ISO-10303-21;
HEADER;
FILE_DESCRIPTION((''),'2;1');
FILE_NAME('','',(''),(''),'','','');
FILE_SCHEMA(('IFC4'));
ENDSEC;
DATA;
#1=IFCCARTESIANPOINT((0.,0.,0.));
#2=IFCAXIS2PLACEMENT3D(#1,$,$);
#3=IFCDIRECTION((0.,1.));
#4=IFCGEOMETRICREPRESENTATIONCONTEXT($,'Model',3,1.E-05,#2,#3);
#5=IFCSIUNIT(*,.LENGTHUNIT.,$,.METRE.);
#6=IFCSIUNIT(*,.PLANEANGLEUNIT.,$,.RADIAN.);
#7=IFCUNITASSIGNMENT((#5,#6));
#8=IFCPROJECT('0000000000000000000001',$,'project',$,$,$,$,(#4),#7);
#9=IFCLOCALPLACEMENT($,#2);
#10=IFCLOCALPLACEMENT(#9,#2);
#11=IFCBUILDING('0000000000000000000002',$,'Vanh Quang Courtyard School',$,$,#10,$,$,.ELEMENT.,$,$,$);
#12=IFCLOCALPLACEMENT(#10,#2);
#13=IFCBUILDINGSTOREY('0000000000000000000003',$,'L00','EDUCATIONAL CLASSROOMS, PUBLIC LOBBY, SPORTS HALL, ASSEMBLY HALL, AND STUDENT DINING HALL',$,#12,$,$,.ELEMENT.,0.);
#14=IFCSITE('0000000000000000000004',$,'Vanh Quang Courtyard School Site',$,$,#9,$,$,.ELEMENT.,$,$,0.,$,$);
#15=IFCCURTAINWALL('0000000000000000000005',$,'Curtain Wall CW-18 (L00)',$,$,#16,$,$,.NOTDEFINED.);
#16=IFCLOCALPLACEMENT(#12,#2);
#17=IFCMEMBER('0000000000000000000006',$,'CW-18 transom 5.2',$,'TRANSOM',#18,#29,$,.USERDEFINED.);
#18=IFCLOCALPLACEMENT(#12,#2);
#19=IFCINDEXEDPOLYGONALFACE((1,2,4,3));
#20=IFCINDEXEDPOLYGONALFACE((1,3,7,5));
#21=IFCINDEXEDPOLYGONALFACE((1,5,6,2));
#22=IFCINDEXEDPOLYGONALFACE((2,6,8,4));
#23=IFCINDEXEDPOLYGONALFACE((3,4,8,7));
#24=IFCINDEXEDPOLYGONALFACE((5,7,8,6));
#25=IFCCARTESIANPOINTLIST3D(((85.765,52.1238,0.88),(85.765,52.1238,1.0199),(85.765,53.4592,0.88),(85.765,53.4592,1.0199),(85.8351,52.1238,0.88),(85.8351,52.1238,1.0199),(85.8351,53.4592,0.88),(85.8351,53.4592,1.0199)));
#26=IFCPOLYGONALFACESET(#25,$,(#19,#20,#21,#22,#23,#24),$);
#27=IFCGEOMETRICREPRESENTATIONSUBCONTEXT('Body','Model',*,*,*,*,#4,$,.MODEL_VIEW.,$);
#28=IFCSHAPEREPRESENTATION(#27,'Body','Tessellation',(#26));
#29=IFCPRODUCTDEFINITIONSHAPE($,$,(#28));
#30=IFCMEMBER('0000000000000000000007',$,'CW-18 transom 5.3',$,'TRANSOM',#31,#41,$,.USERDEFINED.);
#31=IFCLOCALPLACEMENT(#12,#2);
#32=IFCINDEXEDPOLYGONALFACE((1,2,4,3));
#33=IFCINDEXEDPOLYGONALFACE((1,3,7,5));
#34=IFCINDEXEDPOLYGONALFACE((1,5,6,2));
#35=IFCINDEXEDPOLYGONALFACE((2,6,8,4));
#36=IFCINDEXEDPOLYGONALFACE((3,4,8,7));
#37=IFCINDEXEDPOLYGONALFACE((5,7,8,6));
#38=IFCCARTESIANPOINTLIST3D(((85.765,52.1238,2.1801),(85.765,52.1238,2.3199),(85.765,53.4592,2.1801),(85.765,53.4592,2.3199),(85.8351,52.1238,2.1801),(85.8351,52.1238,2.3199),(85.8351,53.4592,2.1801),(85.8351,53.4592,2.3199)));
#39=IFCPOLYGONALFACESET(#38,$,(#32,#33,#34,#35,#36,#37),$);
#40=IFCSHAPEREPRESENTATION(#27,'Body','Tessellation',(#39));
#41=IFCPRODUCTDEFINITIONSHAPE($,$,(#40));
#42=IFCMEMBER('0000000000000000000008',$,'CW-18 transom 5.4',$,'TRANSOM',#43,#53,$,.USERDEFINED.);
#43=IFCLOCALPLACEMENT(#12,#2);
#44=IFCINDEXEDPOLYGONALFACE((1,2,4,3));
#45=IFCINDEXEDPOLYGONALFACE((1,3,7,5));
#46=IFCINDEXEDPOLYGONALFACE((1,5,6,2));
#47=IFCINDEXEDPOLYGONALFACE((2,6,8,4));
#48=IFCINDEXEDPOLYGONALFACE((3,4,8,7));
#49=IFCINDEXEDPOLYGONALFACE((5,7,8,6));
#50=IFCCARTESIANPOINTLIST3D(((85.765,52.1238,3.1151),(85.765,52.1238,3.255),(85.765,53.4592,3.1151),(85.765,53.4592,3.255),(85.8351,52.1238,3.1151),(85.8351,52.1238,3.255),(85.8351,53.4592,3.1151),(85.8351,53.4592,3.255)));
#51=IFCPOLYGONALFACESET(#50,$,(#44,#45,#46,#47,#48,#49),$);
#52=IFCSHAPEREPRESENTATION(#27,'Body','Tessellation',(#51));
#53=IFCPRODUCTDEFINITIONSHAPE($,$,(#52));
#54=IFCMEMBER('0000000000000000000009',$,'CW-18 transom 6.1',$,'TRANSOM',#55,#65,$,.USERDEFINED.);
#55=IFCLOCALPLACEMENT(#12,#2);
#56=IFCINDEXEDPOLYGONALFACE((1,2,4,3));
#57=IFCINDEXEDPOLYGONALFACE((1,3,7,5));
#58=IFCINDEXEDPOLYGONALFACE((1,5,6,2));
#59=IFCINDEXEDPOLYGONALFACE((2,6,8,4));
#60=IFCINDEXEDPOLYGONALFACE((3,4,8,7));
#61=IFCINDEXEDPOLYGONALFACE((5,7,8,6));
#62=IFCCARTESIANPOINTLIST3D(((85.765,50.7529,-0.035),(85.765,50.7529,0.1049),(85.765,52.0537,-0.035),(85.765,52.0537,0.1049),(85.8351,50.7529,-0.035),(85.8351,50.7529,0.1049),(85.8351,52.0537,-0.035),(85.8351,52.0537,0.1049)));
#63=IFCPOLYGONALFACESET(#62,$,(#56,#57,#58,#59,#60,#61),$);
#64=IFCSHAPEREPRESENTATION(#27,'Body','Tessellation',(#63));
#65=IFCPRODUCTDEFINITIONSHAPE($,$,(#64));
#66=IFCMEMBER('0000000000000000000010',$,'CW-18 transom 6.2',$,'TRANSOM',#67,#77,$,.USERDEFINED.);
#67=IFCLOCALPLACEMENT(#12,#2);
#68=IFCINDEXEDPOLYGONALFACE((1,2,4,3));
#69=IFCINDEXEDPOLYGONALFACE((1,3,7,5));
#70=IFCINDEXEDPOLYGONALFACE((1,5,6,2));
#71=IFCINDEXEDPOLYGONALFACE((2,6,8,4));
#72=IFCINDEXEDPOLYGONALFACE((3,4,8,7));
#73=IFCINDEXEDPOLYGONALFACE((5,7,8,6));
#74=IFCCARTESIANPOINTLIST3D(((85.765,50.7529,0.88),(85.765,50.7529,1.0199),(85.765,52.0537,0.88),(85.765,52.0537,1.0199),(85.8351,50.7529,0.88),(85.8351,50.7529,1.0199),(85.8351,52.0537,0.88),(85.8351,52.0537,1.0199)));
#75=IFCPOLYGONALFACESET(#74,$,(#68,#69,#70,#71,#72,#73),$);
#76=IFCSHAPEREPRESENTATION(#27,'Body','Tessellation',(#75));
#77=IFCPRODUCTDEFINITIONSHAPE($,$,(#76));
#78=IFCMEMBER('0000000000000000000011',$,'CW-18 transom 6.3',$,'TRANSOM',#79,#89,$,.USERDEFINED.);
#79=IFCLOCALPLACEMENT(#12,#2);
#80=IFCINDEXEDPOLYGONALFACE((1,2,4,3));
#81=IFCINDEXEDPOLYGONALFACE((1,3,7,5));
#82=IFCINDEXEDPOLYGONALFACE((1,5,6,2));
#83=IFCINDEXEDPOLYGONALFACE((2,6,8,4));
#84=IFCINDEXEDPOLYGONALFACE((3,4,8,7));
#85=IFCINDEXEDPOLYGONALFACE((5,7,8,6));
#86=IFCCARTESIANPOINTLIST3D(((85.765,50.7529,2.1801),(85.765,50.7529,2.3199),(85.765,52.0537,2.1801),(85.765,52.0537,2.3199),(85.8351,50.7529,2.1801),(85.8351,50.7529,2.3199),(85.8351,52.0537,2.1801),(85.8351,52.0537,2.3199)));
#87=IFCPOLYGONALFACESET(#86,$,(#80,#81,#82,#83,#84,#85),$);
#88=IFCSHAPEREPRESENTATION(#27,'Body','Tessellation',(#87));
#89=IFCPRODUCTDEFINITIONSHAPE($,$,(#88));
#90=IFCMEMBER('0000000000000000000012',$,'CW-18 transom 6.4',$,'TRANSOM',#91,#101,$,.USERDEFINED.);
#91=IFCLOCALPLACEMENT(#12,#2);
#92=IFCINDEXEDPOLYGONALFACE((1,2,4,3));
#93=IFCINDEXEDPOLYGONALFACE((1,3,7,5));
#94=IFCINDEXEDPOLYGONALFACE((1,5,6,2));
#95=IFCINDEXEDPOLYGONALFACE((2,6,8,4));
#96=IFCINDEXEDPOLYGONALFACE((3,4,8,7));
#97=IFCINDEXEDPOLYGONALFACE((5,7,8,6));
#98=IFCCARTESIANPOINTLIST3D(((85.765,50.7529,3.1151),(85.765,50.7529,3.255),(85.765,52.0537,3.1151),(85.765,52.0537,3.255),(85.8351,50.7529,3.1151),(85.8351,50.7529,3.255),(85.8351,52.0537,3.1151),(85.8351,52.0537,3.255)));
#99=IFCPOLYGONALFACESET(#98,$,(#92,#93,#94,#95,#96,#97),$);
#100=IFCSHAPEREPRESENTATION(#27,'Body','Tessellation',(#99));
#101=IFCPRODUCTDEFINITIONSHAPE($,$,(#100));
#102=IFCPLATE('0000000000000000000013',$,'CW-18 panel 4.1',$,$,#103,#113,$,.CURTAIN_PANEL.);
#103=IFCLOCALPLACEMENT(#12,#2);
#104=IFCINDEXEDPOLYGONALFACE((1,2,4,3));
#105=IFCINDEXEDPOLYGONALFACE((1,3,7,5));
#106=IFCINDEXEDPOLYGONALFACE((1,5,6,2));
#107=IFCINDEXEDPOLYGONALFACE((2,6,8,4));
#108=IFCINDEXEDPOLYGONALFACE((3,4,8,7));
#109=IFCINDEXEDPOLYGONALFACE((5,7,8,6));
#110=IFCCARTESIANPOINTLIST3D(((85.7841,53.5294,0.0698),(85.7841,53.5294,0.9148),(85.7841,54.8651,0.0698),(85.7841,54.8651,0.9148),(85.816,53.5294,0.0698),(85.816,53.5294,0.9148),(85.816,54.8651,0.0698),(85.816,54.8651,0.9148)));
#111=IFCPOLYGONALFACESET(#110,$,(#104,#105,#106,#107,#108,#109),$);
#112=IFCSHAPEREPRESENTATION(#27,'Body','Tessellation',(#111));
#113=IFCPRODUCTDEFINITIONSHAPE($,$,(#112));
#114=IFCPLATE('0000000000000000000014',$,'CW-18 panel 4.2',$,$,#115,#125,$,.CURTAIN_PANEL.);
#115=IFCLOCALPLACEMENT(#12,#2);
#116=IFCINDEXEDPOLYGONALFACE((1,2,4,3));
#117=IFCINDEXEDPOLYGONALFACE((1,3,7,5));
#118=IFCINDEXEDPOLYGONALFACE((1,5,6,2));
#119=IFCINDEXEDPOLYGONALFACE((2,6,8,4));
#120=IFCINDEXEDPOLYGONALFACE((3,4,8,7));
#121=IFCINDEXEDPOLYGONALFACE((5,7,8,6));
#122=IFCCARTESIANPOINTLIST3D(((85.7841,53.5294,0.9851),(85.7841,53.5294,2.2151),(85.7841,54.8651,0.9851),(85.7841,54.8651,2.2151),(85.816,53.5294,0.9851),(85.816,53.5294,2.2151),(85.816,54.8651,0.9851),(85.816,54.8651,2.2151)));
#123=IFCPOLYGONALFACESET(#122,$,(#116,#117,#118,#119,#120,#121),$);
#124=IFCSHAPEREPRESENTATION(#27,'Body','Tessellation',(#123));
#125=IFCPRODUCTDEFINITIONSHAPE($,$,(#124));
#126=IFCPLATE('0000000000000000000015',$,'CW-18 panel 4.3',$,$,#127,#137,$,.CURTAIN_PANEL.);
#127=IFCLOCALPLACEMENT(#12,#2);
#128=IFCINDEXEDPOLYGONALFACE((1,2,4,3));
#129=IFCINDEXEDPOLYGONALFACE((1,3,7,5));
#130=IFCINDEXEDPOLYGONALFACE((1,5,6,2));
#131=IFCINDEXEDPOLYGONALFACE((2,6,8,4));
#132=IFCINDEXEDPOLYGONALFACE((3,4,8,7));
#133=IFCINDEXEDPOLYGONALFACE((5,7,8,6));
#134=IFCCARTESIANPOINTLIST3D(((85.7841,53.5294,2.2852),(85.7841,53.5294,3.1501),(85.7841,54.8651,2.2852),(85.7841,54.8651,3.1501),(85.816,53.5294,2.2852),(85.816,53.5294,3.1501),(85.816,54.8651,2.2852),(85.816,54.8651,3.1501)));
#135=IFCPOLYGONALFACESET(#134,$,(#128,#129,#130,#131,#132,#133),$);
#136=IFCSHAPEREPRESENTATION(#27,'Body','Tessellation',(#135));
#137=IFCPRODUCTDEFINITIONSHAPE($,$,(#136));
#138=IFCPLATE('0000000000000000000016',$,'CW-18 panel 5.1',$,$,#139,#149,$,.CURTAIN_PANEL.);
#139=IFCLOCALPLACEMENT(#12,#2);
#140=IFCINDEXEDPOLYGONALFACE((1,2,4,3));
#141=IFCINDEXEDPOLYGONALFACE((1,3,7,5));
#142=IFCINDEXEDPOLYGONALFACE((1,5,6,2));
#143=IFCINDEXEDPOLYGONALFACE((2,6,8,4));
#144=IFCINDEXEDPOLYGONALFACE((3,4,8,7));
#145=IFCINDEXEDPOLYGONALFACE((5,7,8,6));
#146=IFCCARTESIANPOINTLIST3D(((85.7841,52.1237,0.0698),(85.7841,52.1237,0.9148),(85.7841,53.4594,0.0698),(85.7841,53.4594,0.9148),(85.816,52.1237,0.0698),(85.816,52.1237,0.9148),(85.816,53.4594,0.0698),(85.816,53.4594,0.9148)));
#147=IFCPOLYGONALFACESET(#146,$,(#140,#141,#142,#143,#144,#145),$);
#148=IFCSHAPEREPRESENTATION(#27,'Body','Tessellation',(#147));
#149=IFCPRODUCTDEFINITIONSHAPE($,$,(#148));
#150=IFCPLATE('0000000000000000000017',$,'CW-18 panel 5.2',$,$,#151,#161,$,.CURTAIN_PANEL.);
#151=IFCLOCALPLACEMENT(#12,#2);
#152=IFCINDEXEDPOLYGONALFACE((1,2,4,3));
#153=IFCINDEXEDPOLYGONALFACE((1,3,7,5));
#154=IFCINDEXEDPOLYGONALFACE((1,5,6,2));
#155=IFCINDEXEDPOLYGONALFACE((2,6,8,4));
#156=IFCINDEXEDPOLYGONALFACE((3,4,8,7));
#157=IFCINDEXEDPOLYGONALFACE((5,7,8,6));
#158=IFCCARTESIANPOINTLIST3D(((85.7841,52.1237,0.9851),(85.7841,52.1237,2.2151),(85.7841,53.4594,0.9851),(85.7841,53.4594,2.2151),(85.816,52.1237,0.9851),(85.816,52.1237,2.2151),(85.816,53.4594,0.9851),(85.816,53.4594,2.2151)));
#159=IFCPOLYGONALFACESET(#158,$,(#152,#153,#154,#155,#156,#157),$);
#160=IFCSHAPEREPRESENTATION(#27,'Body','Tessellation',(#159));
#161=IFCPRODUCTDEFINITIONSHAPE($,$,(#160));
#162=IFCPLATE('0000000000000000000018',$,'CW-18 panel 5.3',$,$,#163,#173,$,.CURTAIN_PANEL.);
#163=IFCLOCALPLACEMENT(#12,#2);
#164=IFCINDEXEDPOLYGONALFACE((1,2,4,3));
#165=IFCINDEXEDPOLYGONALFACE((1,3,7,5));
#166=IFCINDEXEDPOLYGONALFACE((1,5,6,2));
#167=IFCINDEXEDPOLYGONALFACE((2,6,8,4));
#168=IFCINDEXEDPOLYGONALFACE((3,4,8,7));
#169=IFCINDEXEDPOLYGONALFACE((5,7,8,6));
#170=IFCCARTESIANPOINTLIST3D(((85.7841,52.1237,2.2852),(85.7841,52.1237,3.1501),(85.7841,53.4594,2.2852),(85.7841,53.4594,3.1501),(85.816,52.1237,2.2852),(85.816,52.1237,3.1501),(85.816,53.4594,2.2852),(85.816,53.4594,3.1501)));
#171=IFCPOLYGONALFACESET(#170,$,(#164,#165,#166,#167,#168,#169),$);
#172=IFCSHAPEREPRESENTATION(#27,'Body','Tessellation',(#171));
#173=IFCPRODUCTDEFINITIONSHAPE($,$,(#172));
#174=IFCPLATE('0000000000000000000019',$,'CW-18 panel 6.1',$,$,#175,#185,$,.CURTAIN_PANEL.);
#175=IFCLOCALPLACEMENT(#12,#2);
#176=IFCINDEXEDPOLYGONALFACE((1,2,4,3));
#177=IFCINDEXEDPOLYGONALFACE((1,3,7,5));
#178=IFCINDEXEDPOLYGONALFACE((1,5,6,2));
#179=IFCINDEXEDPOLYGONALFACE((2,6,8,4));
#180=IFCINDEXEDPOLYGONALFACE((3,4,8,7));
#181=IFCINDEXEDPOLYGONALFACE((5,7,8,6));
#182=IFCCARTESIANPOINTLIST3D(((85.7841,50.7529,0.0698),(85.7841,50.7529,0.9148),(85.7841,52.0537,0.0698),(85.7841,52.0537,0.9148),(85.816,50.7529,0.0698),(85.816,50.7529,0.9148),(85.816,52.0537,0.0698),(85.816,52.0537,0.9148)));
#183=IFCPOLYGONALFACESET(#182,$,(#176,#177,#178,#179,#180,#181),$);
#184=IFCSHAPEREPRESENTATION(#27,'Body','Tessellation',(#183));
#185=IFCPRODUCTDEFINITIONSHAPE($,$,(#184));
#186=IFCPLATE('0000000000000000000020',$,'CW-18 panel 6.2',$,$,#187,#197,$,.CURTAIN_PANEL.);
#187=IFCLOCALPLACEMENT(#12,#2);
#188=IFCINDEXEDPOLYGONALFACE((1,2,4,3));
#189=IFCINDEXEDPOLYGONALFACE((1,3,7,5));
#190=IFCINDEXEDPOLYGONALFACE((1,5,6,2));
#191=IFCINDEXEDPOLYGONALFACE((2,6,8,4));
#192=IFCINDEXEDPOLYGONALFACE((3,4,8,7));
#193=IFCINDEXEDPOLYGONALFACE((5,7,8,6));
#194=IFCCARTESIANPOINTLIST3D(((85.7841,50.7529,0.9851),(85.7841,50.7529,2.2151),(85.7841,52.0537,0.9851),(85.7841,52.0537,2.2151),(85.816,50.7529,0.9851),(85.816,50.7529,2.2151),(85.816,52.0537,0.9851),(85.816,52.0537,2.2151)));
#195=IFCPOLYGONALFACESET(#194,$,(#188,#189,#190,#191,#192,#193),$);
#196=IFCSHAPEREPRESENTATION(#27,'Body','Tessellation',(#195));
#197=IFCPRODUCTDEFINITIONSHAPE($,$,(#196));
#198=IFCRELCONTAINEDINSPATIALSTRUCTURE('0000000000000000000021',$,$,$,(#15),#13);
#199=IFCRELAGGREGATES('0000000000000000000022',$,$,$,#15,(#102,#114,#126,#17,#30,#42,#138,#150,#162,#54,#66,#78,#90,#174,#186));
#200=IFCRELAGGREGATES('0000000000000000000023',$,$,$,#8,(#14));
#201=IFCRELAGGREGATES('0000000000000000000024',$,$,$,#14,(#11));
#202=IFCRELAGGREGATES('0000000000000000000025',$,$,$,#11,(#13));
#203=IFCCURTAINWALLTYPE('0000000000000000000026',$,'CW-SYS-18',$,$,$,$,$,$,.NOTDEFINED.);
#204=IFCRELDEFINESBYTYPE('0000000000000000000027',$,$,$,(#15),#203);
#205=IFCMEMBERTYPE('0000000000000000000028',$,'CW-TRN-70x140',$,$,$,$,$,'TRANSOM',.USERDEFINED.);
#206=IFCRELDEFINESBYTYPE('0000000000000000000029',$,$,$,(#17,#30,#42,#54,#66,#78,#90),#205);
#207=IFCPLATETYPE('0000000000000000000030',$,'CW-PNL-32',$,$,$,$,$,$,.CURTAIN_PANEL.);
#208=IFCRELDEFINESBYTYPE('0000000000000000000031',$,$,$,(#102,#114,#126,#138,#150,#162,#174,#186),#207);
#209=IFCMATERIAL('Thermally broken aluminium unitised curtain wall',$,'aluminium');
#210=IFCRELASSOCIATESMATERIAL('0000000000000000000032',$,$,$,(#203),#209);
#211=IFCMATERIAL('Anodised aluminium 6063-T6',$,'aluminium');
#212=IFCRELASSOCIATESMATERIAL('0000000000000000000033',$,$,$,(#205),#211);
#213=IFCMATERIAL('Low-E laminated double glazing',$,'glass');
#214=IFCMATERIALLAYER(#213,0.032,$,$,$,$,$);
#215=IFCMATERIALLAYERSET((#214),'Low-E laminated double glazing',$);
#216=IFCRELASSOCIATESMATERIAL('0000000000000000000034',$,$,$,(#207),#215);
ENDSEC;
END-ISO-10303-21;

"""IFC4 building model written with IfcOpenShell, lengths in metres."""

from ifc_helpers import new_model, si_unit, direction, frame, origin, origin_2d, place, context, subcontext, project, spatial, rectangle, extrude, material, layer, layer_set, material_profile, profile_set, type_object, element, aggregate, save


model = new_model("IFC4")

# Units and contexts
model_context = context("Model", 3, precision=1e-05, world=origin(), true_north=direction((0.0, 1.0)))
body_context = subcontext(model_context, "Body", "Model", "MODEL_VIEW")
ifc_project = project(units=[si_unit("LENGTHUNIT", "METRE"), si_unit("PLANEANGLEUNIT", "RADIAN")], contexts=[model_context])

# Site, building, storey
site_placement = place(None, origin())
site = spatial("IfcSite", under=ifc_project, at=site_placement, Name="Vanh Quang Courtyard School Site", CompositionType="ELEMENT", RefElevation=0.0)
building_placement = place(site_placement, origin())
building = spatial("IfcBuilding", under=site, at=building_placement, Name="Vanh Quang Courtyard School", CompositionType="ELEMENT")
storey_placement = place(building_placement, origin())
storey = spatial("IfcBuildingStorey", under=building, at=storey_placement, Name="L00", Description="EDUCATIONAL CLASSROOMS, PUBLIC LOBBY, SPORTS HALL, ASSEMBLY HALL, AND STUDENT DINING HALL", CompositionType="ELEMENT", Elevation=0.0)

# Curtain wall, members, plates
ifc_material_1 = material(Name="Thermally broken aluminium unitised curtain wall", Category="aluminium")
curtain_wall_type = type_object("IfcCurtainWallType", Name="CW-SYS-18", PredefinedType="NOTDEFINED", material=ifc_material_1)
curtain_wall_placement = place(storey_placement, origin())
curtain_wall = element("IfcCurtainWall", 1, at=curtain_wall_placement, inside=storey, type_object=curtain_wall_type, Name="Curtain Wall CW-18 (L00)", PredefinedType="NOTDEFINED")
ifc_material_2 = material(Name="Anodised aluminium 6063-T6", Category="aluminium")
ifc_material_profile_1 = material_profile(ifc_material_2, rectangle(XDim=0.0701, YDim=0.1399, at=origin_2d()), Name="ALU-TRN 70x140")
ifc_profile_set_1 = profile_set([ifc_material_profile_1], Name="Anodised aluminium 6063-T6")
member_type_1 = type_object("IfcMemberType", Name="CW-TRN-70x140", ElementType="TRANSOM", PredefinedType="USERDEFINED", material=ifc_profile_set_1)
member_1_placement = place(storey_placement, frame((85.8, 53.4592, 0.95), z_axis=(0.0, -1.0, 0.0), x_axis=(1.0, 0.0, 0.0)))
member_1 = element("IfcMember", 2, at=member_1_placement, type_object=member_type_1, Name="CW-18 transom 5.2", ObjectType="TRANSOM", PredefinedType="USERDEFINED", context=body_context, shape_type="SweptSolid", body=[
    extrude(rectangle(XDim=0.0701, YDim=0.1399, at=origin_2d()), origin(), (0.0, 0.0, 1.0), 1.3354),
])
member_2_placement = place(storey_placement, frame((85.8, 53.4592, 2.25), z_axis=(0.0, -1.0, 0.0), x_axis=(1.0, 0.0, 0.0)))
member_2 = element("IfcMember", 3, at=member_2_placement, type_object=member_type_1, Name="CW-18 transom 5.3", ObjectType="TRANSOM", PredefinedType="USERDEFINED", context=body_context, shape_type="SweptSolid", body=[
    extrude(rectangle(XDim=0.0701, YDim=0.1399, at=origin_2d()), origin(), (0.0, 0.0, 1.0), 1.3354),
])
member_3_placement = place(storey_placement, frame((85.8, 53.4592, 3.1851), z_axis=(0.0, -1.0, 0.0), x_axis=(1.0, 0.0, 0.0)))
member_3 = element("IfcMember", 4, at=member_3_placement, type_object=member_type_1, Name="CW-18 transom 5.4", ObjectType="TRANSOM", PredefinedType="USERDEFINED", context=body_context, shape_type="SweptSolid", body=[
    extrude(rectangle(XDim=0.0701, YDim=0.1399, at=origin_2d()), origin(), (0.0, 0.0, 1.0), 1.3354),
])
member_4_placement = place(storey_placement, frame((85.8, 52.0537, 0.0349), z_axis=(0.0, -1.0, 0.0), x_axis=(1.0, 0.0, 0.0)))
member_4 = element("IfcMember", 5, at=member_4_placement, type_object=member_type_1, Name="CW-18 transom 6.1", ObjectType="TRANSOM", PredefinedType="USERDEFINED", context=body_context, shape_type="SweptSolid", body=[
    extrude(rectangle(XDim=0.0701, YDim=0.1399, at=origin_2d()), origin(), (0.0, 0.0, 1.0), 1.3008),
])
member_5_placement = place(storey_placement, frame((85.8, 52.0537, 0.95), z_axis=(0.0, -1.0, 0.0), x_axis=(1.0, 0.0, 0.0)))
member_5 = element("IfcMember", 6, at=member_5_placement, type_object=member_type_1, Name="CW-18 transom 6.2", ObjectType="TRANSOM", PredefinedType="USERDEFINED", context=body_context, shape_type="SweptSolid", body=[
    extrude(rectangle(XDim=0.0701, YDim=0.1399, at=origin_2d()), origin(), (0.0, 0.0, 1.0), 1.3008),
])
member_6_placement = place(storey_placement, frame((85.8, 52.0537, 2.25), z_axis=(0.0, -1.0, 0.0), x_axis=(1.0, 0.0, 0.0)))
member_6 = element("IfcMember", 7, at=member_6_placement, type_object=member_type_1, Name="CW-18 transom 6.3", ObjectType="TRANSOM", PredefinedType="USERDEFINED", context=body_context, shape_type="SweptSolid", body=[
    extrude(rectangle(XDim=0.0701, YDim=0.1399, at=origin_2d()), origin(), (0.0, 0.0, 1.0), 1.3008),
])
member_7_placement = place(storey_placement, frame((85.8, 52.0537, 3.1851), z_axis=(0.0, -1.0, 0.0), x_axis=(1.0, 0.0, 0.0)))
member_7 = element("IfcMember", 8, at=member_7_placement, type_object=member_type_1, Name="CW-18 transom 6.4", ObjectType="TRANSOM", PredefinedType="USERDEFINED", context=body_context, shape_type="SweptSolid", body=[
    extrude(rectangle(XDim=0.0701, YDim=0.1399, at=origin_2d()), origin(), (0.0, 0.0, 1.0), 1.3008),
])
ifc_material_3 = material(Name="Low-E laminated double glazing", Category="glass")
ifc_layer_1 = layer(ifc_material_3, 0.032)
ifc_layer_set_1 = layer_set([ifc_layer_1], Name="Low-E laminated double glazing")
plate_type = type_object("IfcPlateType", Name="CW-PNL-32", PredefinedType="CURTAIN_PANEL", material=ifc_layer_set_1)
plate_1_placement = place(storey_placement, frame((85.8, 54.1973, 0.0698), z_axis=(0.0, 0.0, 1.0), x_axis=(0.0, -1.0, 0.0)))
plate_1 = element("IfcPlate", 9, at=plate_1_placement, type_object=plate_type, Name="CW-18 panel 4.1", PredefinedType="CURTAIN_PANEL", context=body_context, shape_type="SweptSolid", body=[
    extrude(rectangle(XDim=1.3357, YDim=0.032, at=origin_2d()), origin(), (0.0, 0.0, 1.0), 0.845),
])
plate_2_placement = place(storey_placement, frame((85.8, 54.1973, 0.9851), z_axis=(0.0, 0.0, 1.0), x_axis=(0.0, -1.0, 0.0)))
plate_2 = element("IfcPlate", 10, at=plate_2_placement, type_object=plate_type, Name="CW-18 panel 4.2", PredefinedType="CURTAIN_PANEL", context=body_context, shape_type="SweptSolid", body=[
    extrude(rectangle(XDim=1.3357, YDim=0.032, at=origin_2d()), origin(), (0.0, 0.0, 1.0), 1.23),
])
plate_3_placement = place(storey_placement, frame((85.8, 54.1973, 2.2852), z_axis=(0.0, 0.0, 1.0), x_axis=(0.0, -1.0, 0.0)))
plate_3 = element("IfcPlate", 11, at=plate_3_placement, type_object=plate_type, Name="CW-18 panel 4.3", PredefinedType="CURTAIN_PANEL", context=body_context, shape_type="SweptSolid", body=[
    extrude(rectangle(XDim=1.3357, YDim=0.032, at=origin_2d()), origin(), (0.0, 0.0, 1.0), 0.865),
])
plate_4_placement = place(storey_placement, frame((85.8, 52.7915, 0.0698), z_axis=(0.0, 0.0, 1.0), x_axis=(0.0, -1.0, 0.0)))
plate_4 = element("IfcPlate", 12, at=plate_4_placement, type_object=plate_type, Name="CW-18 panel 5.1", PredefinedType="CURTAIN_PANEL", context=body_context, shape_type="SweptSolid", body=[
    extrude(rectangle(XDim=1.3357, YDim=0.032, at=origin_2d()), origin(), (0.0, 0.0, 1.0), 0.845),
])
plate_5_placement = place(storey_placement, frame((85.8, 52.7915, 0.9851), z_axis=(0.0, 0.0, 1.0), x_axis=(0.0, -1.0, 0.0)))
plate_5 = element("IfcPlate", 13, at=plate_5_placement, type_object=plate_type, Name="CW-18 panel 5.2", PredefinedType="CURTAIN_PANEL", context=body_context, shape_type="SweptSolid", body=[
    extrude(rectangle(XDim=1.3357, YDim=0.032, at=origin_2d()), origin(), (0.0, 0.0, 1.0), 1.23),
])
plate_6_placement = place(storey_placement, frame((85.8, 52.7915, 2.2852), z_axis=(0.0, 0.0, 1.0), x_axis=(0.0, -1.0, 0.0)))
plate_6 = element("IfcPlate", 14, at=plate_6_placement, type_object=plate_type, Name="CW-18 panel 5.3", PredefinedType="CURTAIN_PANEL", context=body_context, shape_type="SweptSolid", body=[
    extrude(rectangle(XDim=1.3357, YDim=0.032, at=origin_2d()), origin(), (0.0, 0.0, 1.0), 0.865),
])
plate_7_placement = place(storey_placement, frame((85.8, 51.4033, 0.0698), z_axis=(0.0, 0.0, 1.0), x_axis=(0.0, -1.0, 0.0)))
plate_7 = element("IfcPlate", 15, at=plate_7_placement, type_object=plate_type, Name="CW-18 panel 6.1", PredefinedType="CURTAIN_PANEL", context=body_context, shape_type="SweptSolid", body=[
    extrude(rectangle(XDim=1.3008, YDim=0.032, at=origin_2d()), origin(), (0.0, 0.0, 1.0), 0.845),
])
plate_8_placement = place(storey_placement, frame((85.8, 51.4033, 0.9851), z_axis=(0.0, 0.0, 1.0), x_axis=(0.0, -1.0, 0.0)))
plate_8 = element("IfcPlate", 16, at=plate_8_placement, type_object=plate_type, Name="CW-18 panel 6.2", PredefinedType="CURTAIN_PANEL", context=body_context, shape_type="SweptSolid", body=[
    extrude(rectangle(XDim=1.3008, YDim=0.032, at=origin_2d()), origin(), (0.0, 0.0, 1.0), 1.23),
])
aggregate(curtain_wall, [plate_1, plate_2, plate_3, member_1, member_2, member_3, plate_4, plate_5, plate_6, member_4, member_5, member_6, member_7, plate_7, plate_8])

save(model, "model.ifc")
